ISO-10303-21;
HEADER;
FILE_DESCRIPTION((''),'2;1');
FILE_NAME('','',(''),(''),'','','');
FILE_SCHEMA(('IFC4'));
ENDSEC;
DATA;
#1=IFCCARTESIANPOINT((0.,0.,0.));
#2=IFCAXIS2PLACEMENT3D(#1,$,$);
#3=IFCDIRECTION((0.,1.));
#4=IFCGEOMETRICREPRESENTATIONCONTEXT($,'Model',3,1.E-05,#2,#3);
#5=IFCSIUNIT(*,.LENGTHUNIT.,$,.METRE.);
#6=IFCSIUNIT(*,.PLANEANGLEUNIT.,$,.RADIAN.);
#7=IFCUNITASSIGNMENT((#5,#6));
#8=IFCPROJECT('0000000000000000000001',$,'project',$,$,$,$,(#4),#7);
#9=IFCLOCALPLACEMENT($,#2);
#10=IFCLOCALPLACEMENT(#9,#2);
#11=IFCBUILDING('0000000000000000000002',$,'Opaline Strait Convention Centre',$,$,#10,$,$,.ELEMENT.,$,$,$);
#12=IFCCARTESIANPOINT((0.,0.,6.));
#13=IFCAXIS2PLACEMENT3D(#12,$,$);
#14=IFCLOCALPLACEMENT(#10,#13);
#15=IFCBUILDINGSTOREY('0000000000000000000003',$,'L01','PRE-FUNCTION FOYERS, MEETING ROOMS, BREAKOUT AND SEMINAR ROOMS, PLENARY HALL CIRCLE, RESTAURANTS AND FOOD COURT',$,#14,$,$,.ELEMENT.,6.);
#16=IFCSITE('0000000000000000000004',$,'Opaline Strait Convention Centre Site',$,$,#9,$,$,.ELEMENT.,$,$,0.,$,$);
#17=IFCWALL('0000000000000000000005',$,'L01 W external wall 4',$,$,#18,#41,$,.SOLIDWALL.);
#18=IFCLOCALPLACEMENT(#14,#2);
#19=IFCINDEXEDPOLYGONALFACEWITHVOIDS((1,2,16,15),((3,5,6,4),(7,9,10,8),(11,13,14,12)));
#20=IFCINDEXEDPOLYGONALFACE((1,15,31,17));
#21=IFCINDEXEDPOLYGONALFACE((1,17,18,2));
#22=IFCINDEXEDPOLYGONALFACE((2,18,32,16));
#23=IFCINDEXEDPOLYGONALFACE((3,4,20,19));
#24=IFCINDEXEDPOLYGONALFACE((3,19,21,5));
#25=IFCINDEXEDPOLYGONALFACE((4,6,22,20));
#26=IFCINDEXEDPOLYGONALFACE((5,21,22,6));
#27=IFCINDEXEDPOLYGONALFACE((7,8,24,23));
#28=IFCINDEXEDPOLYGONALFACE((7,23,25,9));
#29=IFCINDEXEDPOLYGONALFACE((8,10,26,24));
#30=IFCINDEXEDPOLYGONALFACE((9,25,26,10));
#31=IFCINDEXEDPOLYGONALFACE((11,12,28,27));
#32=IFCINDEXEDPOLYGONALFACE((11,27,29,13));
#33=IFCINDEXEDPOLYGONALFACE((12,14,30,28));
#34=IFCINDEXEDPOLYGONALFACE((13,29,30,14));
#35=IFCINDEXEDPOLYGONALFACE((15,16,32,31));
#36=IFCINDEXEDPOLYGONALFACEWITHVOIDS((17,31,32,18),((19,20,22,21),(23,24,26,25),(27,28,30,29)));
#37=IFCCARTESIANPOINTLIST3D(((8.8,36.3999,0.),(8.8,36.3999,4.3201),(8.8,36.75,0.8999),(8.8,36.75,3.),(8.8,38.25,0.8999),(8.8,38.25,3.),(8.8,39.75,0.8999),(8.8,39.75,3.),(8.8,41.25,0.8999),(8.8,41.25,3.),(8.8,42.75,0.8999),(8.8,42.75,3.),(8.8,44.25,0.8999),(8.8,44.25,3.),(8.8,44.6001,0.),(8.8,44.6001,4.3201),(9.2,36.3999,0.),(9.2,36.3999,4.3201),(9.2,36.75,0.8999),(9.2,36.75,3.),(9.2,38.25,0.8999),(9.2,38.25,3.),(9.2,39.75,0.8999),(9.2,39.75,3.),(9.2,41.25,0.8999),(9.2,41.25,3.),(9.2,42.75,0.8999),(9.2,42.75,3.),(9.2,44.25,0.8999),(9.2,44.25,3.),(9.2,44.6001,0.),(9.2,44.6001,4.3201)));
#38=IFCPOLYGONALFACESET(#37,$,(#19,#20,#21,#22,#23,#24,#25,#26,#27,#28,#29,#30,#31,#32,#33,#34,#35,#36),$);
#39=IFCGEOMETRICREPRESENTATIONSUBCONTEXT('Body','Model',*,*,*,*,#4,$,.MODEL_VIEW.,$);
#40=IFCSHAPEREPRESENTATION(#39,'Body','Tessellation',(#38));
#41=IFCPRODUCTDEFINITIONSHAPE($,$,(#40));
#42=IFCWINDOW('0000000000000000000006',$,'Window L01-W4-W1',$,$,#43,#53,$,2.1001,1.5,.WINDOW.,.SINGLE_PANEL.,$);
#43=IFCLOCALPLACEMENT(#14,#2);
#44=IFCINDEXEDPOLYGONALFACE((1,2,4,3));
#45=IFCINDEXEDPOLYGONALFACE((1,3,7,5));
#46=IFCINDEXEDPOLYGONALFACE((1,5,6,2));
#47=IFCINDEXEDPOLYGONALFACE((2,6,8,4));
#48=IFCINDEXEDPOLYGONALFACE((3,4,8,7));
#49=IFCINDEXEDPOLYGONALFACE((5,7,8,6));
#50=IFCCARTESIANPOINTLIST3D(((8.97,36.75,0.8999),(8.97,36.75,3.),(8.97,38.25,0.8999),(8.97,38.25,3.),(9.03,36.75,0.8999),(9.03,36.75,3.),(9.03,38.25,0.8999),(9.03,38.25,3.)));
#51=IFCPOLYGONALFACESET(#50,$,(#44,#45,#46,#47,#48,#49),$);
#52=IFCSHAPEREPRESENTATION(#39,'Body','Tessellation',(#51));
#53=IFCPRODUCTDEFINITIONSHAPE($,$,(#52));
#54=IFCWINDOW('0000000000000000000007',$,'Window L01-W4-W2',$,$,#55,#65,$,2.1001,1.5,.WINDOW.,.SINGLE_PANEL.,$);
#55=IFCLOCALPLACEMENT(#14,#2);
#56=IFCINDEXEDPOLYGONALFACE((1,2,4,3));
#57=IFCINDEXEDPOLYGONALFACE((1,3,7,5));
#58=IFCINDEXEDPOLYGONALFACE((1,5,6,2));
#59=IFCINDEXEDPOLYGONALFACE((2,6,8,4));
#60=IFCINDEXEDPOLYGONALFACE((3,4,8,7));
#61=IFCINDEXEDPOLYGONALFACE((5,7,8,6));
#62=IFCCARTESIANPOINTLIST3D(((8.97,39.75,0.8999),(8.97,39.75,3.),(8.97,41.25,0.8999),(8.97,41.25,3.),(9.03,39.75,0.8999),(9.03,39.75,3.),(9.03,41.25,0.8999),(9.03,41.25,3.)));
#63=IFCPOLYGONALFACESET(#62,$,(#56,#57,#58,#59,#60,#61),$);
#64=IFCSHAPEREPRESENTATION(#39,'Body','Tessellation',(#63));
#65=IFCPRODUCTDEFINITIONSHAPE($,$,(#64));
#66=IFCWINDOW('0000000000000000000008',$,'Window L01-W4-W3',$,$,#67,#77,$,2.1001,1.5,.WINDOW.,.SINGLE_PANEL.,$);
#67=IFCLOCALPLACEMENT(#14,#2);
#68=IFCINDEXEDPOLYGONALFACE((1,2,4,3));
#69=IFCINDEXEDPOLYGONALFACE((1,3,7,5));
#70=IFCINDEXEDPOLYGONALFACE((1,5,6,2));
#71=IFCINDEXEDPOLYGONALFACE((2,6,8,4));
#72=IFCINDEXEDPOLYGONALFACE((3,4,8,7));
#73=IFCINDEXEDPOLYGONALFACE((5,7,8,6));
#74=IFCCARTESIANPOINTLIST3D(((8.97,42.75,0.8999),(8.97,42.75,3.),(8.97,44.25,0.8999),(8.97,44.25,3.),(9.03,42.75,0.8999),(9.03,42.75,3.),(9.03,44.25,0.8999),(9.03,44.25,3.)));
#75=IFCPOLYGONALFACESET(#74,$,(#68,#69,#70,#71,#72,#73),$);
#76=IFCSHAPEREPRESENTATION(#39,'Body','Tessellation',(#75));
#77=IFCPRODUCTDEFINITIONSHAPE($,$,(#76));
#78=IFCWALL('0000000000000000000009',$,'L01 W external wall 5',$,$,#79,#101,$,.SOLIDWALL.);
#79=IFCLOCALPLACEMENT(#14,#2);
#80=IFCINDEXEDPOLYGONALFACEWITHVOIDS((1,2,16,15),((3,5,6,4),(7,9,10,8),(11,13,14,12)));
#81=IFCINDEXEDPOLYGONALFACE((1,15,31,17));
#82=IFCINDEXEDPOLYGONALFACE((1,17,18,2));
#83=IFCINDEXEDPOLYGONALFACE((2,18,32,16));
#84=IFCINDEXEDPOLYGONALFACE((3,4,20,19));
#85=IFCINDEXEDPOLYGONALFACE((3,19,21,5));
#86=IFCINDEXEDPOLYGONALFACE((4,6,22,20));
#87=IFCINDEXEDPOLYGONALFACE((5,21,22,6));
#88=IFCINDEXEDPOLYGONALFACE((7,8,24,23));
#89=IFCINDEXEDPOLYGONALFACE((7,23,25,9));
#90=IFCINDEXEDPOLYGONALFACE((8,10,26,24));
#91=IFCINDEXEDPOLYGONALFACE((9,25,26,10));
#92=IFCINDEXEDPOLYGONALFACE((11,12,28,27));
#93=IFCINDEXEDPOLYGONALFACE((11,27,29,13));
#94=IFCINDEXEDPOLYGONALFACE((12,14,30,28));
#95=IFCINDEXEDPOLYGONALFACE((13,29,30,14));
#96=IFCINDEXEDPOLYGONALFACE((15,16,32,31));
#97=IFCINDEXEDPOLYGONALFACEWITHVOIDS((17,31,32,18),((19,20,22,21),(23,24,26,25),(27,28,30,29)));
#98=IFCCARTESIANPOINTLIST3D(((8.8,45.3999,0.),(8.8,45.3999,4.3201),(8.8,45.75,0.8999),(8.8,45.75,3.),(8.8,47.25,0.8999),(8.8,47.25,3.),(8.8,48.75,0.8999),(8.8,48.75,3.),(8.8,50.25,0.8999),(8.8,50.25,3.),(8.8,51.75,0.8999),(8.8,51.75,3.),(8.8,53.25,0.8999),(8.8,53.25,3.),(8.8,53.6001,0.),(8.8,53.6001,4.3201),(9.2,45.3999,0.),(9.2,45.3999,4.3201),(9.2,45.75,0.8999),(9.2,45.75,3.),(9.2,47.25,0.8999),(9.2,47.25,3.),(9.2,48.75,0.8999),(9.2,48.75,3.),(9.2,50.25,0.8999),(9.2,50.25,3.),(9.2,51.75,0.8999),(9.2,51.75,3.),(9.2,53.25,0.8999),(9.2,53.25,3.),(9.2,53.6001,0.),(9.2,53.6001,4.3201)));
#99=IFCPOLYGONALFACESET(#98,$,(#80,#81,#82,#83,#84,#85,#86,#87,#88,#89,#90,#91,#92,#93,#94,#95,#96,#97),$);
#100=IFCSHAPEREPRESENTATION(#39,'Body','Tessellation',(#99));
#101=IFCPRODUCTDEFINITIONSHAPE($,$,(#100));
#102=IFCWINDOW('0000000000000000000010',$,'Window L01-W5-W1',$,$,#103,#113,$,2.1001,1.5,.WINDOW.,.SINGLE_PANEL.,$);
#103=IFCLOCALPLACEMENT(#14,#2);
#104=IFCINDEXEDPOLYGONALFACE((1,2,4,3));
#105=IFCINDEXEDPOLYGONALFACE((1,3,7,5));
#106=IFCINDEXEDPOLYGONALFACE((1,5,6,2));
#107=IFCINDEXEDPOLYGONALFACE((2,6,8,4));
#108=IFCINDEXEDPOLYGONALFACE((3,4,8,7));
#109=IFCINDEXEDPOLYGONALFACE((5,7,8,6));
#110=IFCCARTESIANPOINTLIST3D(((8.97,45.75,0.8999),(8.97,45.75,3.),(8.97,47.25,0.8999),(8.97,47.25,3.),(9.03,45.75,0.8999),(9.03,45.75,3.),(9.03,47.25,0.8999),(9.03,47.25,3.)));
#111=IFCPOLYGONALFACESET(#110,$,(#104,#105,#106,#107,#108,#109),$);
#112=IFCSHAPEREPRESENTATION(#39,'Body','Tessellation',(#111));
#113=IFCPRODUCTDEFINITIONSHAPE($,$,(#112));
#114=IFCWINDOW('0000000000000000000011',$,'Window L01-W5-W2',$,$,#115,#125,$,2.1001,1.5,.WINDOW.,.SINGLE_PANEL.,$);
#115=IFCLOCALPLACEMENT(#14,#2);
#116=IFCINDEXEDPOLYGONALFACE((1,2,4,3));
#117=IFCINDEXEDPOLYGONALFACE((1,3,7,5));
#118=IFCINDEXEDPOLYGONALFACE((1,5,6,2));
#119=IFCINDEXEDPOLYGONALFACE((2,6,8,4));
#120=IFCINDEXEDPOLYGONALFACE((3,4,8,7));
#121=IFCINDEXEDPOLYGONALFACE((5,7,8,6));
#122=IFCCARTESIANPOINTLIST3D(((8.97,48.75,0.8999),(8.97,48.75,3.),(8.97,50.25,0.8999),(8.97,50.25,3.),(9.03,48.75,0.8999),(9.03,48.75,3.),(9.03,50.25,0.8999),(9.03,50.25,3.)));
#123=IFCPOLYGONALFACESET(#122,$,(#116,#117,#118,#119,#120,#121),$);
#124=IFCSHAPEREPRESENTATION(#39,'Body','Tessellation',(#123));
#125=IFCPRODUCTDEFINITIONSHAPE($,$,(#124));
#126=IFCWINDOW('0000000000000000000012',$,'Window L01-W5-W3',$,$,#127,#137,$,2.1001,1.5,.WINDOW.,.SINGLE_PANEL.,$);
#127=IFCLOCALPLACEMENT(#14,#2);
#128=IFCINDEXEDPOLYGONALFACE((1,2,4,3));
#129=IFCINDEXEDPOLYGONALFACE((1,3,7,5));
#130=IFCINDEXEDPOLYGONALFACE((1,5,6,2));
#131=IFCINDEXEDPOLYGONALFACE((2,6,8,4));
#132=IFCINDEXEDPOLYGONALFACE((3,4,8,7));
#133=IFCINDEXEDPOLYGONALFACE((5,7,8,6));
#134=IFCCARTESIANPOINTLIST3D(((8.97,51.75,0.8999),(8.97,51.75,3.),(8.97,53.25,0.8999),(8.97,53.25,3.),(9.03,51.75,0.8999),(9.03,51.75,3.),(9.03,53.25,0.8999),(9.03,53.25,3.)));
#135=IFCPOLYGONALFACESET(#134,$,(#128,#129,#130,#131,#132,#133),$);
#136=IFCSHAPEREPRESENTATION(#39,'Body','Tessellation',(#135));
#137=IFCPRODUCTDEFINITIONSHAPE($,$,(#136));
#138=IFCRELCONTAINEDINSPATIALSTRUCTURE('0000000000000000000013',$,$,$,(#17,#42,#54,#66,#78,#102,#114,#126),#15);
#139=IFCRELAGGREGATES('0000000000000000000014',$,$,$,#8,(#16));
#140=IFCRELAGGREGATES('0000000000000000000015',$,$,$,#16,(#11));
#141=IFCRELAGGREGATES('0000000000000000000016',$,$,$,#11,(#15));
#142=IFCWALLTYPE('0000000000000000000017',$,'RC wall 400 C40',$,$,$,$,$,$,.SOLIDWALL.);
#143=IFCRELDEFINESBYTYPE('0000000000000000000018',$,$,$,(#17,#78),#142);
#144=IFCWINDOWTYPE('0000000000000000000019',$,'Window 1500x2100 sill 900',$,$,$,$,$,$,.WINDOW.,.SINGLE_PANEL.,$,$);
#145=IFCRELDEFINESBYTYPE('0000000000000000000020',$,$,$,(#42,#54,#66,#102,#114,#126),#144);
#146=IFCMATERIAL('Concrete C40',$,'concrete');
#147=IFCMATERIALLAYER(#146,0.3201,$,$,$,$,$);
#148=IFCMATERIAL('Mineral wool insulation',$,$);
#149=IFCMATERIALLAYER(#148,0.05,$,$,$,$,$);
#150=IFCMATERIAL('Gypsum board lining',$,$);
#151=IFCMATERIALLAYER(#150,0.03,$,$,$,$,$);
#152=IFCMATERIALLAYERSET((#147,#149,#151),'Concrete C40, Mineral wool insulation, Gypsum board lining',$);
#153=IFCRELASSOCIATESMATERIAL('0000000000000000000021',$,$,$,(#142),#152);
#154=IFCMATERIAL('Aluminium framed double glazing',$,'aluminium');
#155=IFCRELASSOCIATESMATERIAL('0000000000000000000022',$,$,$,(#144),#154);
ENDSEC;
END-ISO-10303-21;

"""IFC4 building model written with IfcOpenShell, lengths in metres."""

from ifc_helpers import new_model, si_unit, direction, frame, frame_2d, origin, place, context, subcontext, project, spatial, rectangle, extrude, material, layer, layer_set, type_object, element, fill, save


model = new_model("IFC4")

# Units and contexts
model_context = context("Model", 3, precision=1e-05, world=origin(), true_north=direction((0.0, 1.0)))
body_context = subcontext(model_context, "Body", "Model", "MODEL_VIEW")
ifc_project = project(units=[si_unit("LENGTHUNIT", "METRE"), si_unit("PLANEANGLEUNIT", "RADIAN")], contexts=[model_context])

# Site, building, storey
site_placement = place(None, origin())
site = spatial("IfcSite", under=ifc_project, at=site_placement, Name="Opaline Strait Convention Centre Site", CompositionType="ELEMENT", RefElevation=0.0)
building_placement = place(site_placement, origin())
building = spatial("IfcBuilding", under=site, at=building_placement, Name="Opaline Strait Convention Centre", CompositionType="ELEMENT")
storey_placement = place(building_placement, frame((0.0, 0.0, 6.0)))
storey = spatial("IfcBuildingStorey", under=building, at=storey_placement, Name="L01", Description="PRE-FUNCTION FOYERS, MEETING ROOMS, BREAKOUT AND SEMINAR ROOMS, PLENARY HALL CIRCLE, RESTAURANTS AND FOOD COURT", CompositionType="ELEMENT", Elevation=6.0)

# Shared definitions
ifc_material_1 = material(Name="Concrete C40", Category="concrete")

# Walls, openings, windows
ifc_layer_1 = layer(ifc_material_1, 0.3201)
ifc_material_2 = material(Name="Mineral wool insulation")
ifc_layer_2 = layer(ifc_material_2, 0.05)
ifc_material_3 = material(Name="Gypsum board lining")
ifc_layer_3 = layer(ifc_material_3, 0.03)
ifc_layer_set_1 = layer_set([ifc_layer_1, ifc_layer_2, ifc_layer_3], Name="Concrete C40, Mineral wool insulation, Gypsum board lining")
wall_type_1 = type_object("IfcWallType", Name="RC wall 400 C40", PredefinedType="SOLIDWALL", material=ifc_layer_set_1)
wall_1_placement = place(storey_placement, frame((9.0, 36.3999, 0.0), z_axis=(0.0, 0.0, 1.0), x_axis=(0.0, 1.0, 0.0)))
wall_1 = element("IfcWall", 1, at=wall_1_placement, inside=storey, type_object=wall_type_1, Name="L01 W external wall 4", PredefinedType="SOLIDWALL", context=body_context, shape_type="SweptSolid", body=[
    extrude(rectangle(XDim=8.2002, YDim=0.3999, at=frame_2d((4.1001, 0.0))), origin(), (0.0, 0.0, 1.0), 4.3201),
])
opening_1_placement = place(wall_1_placement, frame((0.3501, 0.0, 0.8999)))
opening_1 = element("IfcOpeningElement", 2, at=opening_1_placement, cuts=wall_1, PredefinedType="OPENING", context=body_context, shape_type="SweptSolid", body=[
    extrude(rectangle(XDim=1.5, YDim=2.1001, at=frame_2d((0.75, 1.05))), frame((0.0, 0.21, 0.0), z_axis=(0.0, -1.0, 0.0), x_axis=(1.0, 0.0, 0.0)), (0.0, 0.0, 1.0), 0.4199),
])
opening_2_placement = place(wall_1_placement, frame((3.3501, 0.0, 0.8999)))
opening_2 = element("IfcOpeningElement", 3, at=opening_2_placement, cuts=wall_1, PredefinedType="OPENING", context=body_context, shape_type="SweptSolid", body=[
    extrude(rectangle(XDim=1.5, YDim=2.1001, at=frame_2d((0.75, 1.05))), frame((0.0, 0.21, 0.0), z_axis=(0.0, -1.0, 0.0), x_axis=(1.0, 0.0, 0.0)), (0.0, 0.0, 1.0), 0.4199),
])
opening_3_placement = place(wall_1_placement, frame((6.3501, 0.0, 0.8999)))
opening_3 = element("IfcOpeningElement", 4, at=opening_3_placement, cuts=wall_1, PredefinedType="OPENING", context=body_context, shape_type="SweptSolid", body=[
    extrude(rectangle(XDim=1.5, YDim=2.1001, at=frame_2d((0.75, 1.05))), frame((0.0, 0.21, 0.0), z_axis=(0.0, -1.0, 0.0), x_axis=(1.0, 0.0, 0.0)), (0.0, 0.0, 1.0), 0.4199),
])
ifc_material_4 = material(Name="Aluminium framed double glazing", Category="aluminium")
window_type = type_object("IfcWindowType", Name="Window 1500x2100 sill 900", PartitioningType="SINGLE_PANEL", PredefinedType="WINDOW", material=ifc_material_4)
window_1_placement = place(opening_1_placement, origin())
window_1 = element("IfcWindow", 5, at=window_1_placement, inside=storey, type_object=window_type, Name="Window L01-W4-W1", OverallHeight=2.1001, OverallWidth=1.5, PartitioningType="SINGLE_PANEL", PredefinedType="WINDOW", context=body_context, shape_type="SweptSolid", body=[
    extrude(rectangle(XDim=1.5, YDim=2.1001, at=frame_2d((0.75, 1.05))), frame((0.0, 0.03, 0.0), z_axis=(0.0, -1.0, 0.0), x_axis=(1.0, 0.0, 0.0)), (0.0, 0.0, 1.0), 0.0601),
])
fill(opening_1, window_1)
window_2_placement = place(opening_2_placement, origin())
window_2 = element("IfcWindow", 6, at=window_2_placement, inside=storey, type_object=window_type, Name="Window L01-W4-W2", OverallHeight=2.1001, OverallWidth=1.5, PartitioningType="SINGLE_PANEL", PredefinedType="WINDOW", context=body_context, shape_type="SweptSolid", body=[
    extrude(rectangle(XDim=1.5, YDim=2.1001, at=frame_2d((0.75, 1.05))), frame((0.0, 0.03, 0.0), z_axis=(0.0, -1.0, 0.0), x_axis=(1.0, 0.0, 0.0)), (0.0, 0.0, 1.0), 0.0601),
])
fill(opening_2, window_2)
window_3_placement = place(opening_3_placement, origin())
window_3 = element("IfcWindow", 7, at=window_3_placement, inside=storey, type_object=window_type, Name="Window L01-W4-W3", OverallHeight=2.1001, OverallWidth=1.5, PartitioningType="SINGLE_PANEL", PredefinedType="WINDOW", context=body_context, shape_type="SweptSolid", body=[
    extrude(rectangle(XDim=1.5, YDim=2.1001, at=frame_2d((0.75, 1.05))), frame((0.0, 0.03, 0.0), z_axis=(0.0, -1.0, 0.0), x_axis=(1.0, 0.0, 0.0)), (0.0, 0.0, 1.0), 0.0601),
])
fill(opening_3, window_3)
wall_2_placement = place(storey_placement, frame((9.0, 45.3999, 0.0), z_axis=(0.0, 0.0, 1.0), x_axis=(0.0, 1.0, 0.0)))
wall_2 = element("IfcWall", 8, at=wall_2_placement, inside=storey, type_object=wall_type_1, Name="L01 W external wall 5", PredefinedType="SOLIDWALL", context=body_context, shape_type="SweptSolid", body=[
    extrude(rectangle(XDim=8.2002, YDim=0.3999, at=frame_2d((4.1001, 0.0))), origin(), (0.0, 0.0, 1.0), 4.3201),
])
opening_4_placement = place(wall_2_placement, frame((0.3501, 0.0, 0.8999)))
opening_4 = element("IfcOpeningElement", 9, at=opening_4_placement, cuts=wall_2, PredefinedType="OPENING", context=body_context, shape_type="SweptSolid", body=[
    extrude(rectangle(XDim=1.5, YDim=2.1001, at=frame_2d((0.75, 1.05))), frame((0.0, 0.21, 0.0), z_axis=(0.0, -1.0, 0.0), x_axis=(1.0, 0.0, 0.0)), (0.0, 0.0, 1.0), 0.4199),
])
opening_5_placement = place(wall_2_placement, frame((3.3501, 0.0, 0.8999)))
opening_5 = element("IfcOpeningElement", 10, at=opening_5_placement, cuts=wall_2, PredefinedType="OPENING", context=body_context, shape_type="SweptSolid", body=[
    extrude(rectangle(XDim=1.5, YDim=2.1001, at=frame_2d((0.75, 1.05))), frame((0.0, 0.21, 0.0), z_axis=(0.0, -1.0, 0.0), x_axis=(1.0, 0.0, 0.0)), (0.0, 0.0, 1.0), 0.4199),
])
opening_6_placement = place(wall_2_placement, frame((6.3501, 0.0, 0.8999)))
opening_6 = element("IfcOpeningElement", 11, at=opening_6_placement, cuts=wall_2, PredefinedType="OPENING", context=body_context, shape_type="SweptSolid", body=[
    extrude(rectangle(XDim=1.5, YDim=2.1001, at=frame_2d((0.75, 1.05))), frame((0.0, 0.21, 0.0), z_axis=(0.0, -1.0, 0.0), x_axis=(1.0, 0.0, 0.0)), (0.0, 0.0, 1.0), 0.4199),
])
window_4_placement = place(opening_4_placement, origin())
window_4 = element("IfcWindow", 12, at=window_4_placement, inside=storey, type_object=window_type, Name="Window L01-W5-W1", OverallHeight=2.1001, OverallWidth=1.5, PartitioningType="SINGLE_PANEL", PredefinedType="WINDOW", context=body_context, shape_type="SweptSolid", body=[
    extrude(rectangle(XDim=1.5, YDim=2.1001, at=frame_2d((0.75, 1.05))), frame((0.0, 0.03, 0.0), z_axis=(0.0, -1.0, 0.0), x_axis=(1.0, 0.0, 0.0)), (0.0, 0.0, 1.0), 0.0601),
])
fill(opening_4, window_4)
window_5_placement = place(opening_5_placement, origin())
window_5 = element("IfcWindow", 13, at=window_5_placement, inside=storey, type_object=window_type, Name="Window L01-W5-W2", OverallHeight=2.1001, OverallWidth=1.5, PartitioningType="SINGLE_PANEL", PredefinedType="WINDOW", context=body_context, shape_type="SweptSolid", body=[
    extrude(rectangle(XDim=1.5, YDim=2.1001, at=frame_2d((0.75, 1.05))), frame((0.0, 0.03, 0.0), z_axis=(0.0, -1.0, 0.0), x_axis=(1.0, 0.0, 0.0)), (0.0, 0.0, 1.0), 0.0601),
])
fill(opening_5, window_5)
window_6_placement = place(opening_6_placement, origin())
window_6 = element("IfcWindow", 14, at=window_6_placement, inside=storey, type_object=window_type, Name="Window L01-W5-W3", OverallHeight=2.1001, OverallWidth=1.5, PartitioningType="SINGLE_PANEL", PredefinedType="WINDOW", context=body_context, shape_type="SweptSolid", body=[
    extrude(rectangle(XDim=1.5, YDim=2.1001, at=frame_2d((0.75, 1.05))), frame((0.0, 0.03, 0.0), z_axis=(0.0, -1.0, 0.0), x_axis=(1.0, 0.0, 0.0)), (0.0, 0.0, 1.0), 0.0601),
])
fill(opening_6, window_6)

save(model, "model.ifc")
